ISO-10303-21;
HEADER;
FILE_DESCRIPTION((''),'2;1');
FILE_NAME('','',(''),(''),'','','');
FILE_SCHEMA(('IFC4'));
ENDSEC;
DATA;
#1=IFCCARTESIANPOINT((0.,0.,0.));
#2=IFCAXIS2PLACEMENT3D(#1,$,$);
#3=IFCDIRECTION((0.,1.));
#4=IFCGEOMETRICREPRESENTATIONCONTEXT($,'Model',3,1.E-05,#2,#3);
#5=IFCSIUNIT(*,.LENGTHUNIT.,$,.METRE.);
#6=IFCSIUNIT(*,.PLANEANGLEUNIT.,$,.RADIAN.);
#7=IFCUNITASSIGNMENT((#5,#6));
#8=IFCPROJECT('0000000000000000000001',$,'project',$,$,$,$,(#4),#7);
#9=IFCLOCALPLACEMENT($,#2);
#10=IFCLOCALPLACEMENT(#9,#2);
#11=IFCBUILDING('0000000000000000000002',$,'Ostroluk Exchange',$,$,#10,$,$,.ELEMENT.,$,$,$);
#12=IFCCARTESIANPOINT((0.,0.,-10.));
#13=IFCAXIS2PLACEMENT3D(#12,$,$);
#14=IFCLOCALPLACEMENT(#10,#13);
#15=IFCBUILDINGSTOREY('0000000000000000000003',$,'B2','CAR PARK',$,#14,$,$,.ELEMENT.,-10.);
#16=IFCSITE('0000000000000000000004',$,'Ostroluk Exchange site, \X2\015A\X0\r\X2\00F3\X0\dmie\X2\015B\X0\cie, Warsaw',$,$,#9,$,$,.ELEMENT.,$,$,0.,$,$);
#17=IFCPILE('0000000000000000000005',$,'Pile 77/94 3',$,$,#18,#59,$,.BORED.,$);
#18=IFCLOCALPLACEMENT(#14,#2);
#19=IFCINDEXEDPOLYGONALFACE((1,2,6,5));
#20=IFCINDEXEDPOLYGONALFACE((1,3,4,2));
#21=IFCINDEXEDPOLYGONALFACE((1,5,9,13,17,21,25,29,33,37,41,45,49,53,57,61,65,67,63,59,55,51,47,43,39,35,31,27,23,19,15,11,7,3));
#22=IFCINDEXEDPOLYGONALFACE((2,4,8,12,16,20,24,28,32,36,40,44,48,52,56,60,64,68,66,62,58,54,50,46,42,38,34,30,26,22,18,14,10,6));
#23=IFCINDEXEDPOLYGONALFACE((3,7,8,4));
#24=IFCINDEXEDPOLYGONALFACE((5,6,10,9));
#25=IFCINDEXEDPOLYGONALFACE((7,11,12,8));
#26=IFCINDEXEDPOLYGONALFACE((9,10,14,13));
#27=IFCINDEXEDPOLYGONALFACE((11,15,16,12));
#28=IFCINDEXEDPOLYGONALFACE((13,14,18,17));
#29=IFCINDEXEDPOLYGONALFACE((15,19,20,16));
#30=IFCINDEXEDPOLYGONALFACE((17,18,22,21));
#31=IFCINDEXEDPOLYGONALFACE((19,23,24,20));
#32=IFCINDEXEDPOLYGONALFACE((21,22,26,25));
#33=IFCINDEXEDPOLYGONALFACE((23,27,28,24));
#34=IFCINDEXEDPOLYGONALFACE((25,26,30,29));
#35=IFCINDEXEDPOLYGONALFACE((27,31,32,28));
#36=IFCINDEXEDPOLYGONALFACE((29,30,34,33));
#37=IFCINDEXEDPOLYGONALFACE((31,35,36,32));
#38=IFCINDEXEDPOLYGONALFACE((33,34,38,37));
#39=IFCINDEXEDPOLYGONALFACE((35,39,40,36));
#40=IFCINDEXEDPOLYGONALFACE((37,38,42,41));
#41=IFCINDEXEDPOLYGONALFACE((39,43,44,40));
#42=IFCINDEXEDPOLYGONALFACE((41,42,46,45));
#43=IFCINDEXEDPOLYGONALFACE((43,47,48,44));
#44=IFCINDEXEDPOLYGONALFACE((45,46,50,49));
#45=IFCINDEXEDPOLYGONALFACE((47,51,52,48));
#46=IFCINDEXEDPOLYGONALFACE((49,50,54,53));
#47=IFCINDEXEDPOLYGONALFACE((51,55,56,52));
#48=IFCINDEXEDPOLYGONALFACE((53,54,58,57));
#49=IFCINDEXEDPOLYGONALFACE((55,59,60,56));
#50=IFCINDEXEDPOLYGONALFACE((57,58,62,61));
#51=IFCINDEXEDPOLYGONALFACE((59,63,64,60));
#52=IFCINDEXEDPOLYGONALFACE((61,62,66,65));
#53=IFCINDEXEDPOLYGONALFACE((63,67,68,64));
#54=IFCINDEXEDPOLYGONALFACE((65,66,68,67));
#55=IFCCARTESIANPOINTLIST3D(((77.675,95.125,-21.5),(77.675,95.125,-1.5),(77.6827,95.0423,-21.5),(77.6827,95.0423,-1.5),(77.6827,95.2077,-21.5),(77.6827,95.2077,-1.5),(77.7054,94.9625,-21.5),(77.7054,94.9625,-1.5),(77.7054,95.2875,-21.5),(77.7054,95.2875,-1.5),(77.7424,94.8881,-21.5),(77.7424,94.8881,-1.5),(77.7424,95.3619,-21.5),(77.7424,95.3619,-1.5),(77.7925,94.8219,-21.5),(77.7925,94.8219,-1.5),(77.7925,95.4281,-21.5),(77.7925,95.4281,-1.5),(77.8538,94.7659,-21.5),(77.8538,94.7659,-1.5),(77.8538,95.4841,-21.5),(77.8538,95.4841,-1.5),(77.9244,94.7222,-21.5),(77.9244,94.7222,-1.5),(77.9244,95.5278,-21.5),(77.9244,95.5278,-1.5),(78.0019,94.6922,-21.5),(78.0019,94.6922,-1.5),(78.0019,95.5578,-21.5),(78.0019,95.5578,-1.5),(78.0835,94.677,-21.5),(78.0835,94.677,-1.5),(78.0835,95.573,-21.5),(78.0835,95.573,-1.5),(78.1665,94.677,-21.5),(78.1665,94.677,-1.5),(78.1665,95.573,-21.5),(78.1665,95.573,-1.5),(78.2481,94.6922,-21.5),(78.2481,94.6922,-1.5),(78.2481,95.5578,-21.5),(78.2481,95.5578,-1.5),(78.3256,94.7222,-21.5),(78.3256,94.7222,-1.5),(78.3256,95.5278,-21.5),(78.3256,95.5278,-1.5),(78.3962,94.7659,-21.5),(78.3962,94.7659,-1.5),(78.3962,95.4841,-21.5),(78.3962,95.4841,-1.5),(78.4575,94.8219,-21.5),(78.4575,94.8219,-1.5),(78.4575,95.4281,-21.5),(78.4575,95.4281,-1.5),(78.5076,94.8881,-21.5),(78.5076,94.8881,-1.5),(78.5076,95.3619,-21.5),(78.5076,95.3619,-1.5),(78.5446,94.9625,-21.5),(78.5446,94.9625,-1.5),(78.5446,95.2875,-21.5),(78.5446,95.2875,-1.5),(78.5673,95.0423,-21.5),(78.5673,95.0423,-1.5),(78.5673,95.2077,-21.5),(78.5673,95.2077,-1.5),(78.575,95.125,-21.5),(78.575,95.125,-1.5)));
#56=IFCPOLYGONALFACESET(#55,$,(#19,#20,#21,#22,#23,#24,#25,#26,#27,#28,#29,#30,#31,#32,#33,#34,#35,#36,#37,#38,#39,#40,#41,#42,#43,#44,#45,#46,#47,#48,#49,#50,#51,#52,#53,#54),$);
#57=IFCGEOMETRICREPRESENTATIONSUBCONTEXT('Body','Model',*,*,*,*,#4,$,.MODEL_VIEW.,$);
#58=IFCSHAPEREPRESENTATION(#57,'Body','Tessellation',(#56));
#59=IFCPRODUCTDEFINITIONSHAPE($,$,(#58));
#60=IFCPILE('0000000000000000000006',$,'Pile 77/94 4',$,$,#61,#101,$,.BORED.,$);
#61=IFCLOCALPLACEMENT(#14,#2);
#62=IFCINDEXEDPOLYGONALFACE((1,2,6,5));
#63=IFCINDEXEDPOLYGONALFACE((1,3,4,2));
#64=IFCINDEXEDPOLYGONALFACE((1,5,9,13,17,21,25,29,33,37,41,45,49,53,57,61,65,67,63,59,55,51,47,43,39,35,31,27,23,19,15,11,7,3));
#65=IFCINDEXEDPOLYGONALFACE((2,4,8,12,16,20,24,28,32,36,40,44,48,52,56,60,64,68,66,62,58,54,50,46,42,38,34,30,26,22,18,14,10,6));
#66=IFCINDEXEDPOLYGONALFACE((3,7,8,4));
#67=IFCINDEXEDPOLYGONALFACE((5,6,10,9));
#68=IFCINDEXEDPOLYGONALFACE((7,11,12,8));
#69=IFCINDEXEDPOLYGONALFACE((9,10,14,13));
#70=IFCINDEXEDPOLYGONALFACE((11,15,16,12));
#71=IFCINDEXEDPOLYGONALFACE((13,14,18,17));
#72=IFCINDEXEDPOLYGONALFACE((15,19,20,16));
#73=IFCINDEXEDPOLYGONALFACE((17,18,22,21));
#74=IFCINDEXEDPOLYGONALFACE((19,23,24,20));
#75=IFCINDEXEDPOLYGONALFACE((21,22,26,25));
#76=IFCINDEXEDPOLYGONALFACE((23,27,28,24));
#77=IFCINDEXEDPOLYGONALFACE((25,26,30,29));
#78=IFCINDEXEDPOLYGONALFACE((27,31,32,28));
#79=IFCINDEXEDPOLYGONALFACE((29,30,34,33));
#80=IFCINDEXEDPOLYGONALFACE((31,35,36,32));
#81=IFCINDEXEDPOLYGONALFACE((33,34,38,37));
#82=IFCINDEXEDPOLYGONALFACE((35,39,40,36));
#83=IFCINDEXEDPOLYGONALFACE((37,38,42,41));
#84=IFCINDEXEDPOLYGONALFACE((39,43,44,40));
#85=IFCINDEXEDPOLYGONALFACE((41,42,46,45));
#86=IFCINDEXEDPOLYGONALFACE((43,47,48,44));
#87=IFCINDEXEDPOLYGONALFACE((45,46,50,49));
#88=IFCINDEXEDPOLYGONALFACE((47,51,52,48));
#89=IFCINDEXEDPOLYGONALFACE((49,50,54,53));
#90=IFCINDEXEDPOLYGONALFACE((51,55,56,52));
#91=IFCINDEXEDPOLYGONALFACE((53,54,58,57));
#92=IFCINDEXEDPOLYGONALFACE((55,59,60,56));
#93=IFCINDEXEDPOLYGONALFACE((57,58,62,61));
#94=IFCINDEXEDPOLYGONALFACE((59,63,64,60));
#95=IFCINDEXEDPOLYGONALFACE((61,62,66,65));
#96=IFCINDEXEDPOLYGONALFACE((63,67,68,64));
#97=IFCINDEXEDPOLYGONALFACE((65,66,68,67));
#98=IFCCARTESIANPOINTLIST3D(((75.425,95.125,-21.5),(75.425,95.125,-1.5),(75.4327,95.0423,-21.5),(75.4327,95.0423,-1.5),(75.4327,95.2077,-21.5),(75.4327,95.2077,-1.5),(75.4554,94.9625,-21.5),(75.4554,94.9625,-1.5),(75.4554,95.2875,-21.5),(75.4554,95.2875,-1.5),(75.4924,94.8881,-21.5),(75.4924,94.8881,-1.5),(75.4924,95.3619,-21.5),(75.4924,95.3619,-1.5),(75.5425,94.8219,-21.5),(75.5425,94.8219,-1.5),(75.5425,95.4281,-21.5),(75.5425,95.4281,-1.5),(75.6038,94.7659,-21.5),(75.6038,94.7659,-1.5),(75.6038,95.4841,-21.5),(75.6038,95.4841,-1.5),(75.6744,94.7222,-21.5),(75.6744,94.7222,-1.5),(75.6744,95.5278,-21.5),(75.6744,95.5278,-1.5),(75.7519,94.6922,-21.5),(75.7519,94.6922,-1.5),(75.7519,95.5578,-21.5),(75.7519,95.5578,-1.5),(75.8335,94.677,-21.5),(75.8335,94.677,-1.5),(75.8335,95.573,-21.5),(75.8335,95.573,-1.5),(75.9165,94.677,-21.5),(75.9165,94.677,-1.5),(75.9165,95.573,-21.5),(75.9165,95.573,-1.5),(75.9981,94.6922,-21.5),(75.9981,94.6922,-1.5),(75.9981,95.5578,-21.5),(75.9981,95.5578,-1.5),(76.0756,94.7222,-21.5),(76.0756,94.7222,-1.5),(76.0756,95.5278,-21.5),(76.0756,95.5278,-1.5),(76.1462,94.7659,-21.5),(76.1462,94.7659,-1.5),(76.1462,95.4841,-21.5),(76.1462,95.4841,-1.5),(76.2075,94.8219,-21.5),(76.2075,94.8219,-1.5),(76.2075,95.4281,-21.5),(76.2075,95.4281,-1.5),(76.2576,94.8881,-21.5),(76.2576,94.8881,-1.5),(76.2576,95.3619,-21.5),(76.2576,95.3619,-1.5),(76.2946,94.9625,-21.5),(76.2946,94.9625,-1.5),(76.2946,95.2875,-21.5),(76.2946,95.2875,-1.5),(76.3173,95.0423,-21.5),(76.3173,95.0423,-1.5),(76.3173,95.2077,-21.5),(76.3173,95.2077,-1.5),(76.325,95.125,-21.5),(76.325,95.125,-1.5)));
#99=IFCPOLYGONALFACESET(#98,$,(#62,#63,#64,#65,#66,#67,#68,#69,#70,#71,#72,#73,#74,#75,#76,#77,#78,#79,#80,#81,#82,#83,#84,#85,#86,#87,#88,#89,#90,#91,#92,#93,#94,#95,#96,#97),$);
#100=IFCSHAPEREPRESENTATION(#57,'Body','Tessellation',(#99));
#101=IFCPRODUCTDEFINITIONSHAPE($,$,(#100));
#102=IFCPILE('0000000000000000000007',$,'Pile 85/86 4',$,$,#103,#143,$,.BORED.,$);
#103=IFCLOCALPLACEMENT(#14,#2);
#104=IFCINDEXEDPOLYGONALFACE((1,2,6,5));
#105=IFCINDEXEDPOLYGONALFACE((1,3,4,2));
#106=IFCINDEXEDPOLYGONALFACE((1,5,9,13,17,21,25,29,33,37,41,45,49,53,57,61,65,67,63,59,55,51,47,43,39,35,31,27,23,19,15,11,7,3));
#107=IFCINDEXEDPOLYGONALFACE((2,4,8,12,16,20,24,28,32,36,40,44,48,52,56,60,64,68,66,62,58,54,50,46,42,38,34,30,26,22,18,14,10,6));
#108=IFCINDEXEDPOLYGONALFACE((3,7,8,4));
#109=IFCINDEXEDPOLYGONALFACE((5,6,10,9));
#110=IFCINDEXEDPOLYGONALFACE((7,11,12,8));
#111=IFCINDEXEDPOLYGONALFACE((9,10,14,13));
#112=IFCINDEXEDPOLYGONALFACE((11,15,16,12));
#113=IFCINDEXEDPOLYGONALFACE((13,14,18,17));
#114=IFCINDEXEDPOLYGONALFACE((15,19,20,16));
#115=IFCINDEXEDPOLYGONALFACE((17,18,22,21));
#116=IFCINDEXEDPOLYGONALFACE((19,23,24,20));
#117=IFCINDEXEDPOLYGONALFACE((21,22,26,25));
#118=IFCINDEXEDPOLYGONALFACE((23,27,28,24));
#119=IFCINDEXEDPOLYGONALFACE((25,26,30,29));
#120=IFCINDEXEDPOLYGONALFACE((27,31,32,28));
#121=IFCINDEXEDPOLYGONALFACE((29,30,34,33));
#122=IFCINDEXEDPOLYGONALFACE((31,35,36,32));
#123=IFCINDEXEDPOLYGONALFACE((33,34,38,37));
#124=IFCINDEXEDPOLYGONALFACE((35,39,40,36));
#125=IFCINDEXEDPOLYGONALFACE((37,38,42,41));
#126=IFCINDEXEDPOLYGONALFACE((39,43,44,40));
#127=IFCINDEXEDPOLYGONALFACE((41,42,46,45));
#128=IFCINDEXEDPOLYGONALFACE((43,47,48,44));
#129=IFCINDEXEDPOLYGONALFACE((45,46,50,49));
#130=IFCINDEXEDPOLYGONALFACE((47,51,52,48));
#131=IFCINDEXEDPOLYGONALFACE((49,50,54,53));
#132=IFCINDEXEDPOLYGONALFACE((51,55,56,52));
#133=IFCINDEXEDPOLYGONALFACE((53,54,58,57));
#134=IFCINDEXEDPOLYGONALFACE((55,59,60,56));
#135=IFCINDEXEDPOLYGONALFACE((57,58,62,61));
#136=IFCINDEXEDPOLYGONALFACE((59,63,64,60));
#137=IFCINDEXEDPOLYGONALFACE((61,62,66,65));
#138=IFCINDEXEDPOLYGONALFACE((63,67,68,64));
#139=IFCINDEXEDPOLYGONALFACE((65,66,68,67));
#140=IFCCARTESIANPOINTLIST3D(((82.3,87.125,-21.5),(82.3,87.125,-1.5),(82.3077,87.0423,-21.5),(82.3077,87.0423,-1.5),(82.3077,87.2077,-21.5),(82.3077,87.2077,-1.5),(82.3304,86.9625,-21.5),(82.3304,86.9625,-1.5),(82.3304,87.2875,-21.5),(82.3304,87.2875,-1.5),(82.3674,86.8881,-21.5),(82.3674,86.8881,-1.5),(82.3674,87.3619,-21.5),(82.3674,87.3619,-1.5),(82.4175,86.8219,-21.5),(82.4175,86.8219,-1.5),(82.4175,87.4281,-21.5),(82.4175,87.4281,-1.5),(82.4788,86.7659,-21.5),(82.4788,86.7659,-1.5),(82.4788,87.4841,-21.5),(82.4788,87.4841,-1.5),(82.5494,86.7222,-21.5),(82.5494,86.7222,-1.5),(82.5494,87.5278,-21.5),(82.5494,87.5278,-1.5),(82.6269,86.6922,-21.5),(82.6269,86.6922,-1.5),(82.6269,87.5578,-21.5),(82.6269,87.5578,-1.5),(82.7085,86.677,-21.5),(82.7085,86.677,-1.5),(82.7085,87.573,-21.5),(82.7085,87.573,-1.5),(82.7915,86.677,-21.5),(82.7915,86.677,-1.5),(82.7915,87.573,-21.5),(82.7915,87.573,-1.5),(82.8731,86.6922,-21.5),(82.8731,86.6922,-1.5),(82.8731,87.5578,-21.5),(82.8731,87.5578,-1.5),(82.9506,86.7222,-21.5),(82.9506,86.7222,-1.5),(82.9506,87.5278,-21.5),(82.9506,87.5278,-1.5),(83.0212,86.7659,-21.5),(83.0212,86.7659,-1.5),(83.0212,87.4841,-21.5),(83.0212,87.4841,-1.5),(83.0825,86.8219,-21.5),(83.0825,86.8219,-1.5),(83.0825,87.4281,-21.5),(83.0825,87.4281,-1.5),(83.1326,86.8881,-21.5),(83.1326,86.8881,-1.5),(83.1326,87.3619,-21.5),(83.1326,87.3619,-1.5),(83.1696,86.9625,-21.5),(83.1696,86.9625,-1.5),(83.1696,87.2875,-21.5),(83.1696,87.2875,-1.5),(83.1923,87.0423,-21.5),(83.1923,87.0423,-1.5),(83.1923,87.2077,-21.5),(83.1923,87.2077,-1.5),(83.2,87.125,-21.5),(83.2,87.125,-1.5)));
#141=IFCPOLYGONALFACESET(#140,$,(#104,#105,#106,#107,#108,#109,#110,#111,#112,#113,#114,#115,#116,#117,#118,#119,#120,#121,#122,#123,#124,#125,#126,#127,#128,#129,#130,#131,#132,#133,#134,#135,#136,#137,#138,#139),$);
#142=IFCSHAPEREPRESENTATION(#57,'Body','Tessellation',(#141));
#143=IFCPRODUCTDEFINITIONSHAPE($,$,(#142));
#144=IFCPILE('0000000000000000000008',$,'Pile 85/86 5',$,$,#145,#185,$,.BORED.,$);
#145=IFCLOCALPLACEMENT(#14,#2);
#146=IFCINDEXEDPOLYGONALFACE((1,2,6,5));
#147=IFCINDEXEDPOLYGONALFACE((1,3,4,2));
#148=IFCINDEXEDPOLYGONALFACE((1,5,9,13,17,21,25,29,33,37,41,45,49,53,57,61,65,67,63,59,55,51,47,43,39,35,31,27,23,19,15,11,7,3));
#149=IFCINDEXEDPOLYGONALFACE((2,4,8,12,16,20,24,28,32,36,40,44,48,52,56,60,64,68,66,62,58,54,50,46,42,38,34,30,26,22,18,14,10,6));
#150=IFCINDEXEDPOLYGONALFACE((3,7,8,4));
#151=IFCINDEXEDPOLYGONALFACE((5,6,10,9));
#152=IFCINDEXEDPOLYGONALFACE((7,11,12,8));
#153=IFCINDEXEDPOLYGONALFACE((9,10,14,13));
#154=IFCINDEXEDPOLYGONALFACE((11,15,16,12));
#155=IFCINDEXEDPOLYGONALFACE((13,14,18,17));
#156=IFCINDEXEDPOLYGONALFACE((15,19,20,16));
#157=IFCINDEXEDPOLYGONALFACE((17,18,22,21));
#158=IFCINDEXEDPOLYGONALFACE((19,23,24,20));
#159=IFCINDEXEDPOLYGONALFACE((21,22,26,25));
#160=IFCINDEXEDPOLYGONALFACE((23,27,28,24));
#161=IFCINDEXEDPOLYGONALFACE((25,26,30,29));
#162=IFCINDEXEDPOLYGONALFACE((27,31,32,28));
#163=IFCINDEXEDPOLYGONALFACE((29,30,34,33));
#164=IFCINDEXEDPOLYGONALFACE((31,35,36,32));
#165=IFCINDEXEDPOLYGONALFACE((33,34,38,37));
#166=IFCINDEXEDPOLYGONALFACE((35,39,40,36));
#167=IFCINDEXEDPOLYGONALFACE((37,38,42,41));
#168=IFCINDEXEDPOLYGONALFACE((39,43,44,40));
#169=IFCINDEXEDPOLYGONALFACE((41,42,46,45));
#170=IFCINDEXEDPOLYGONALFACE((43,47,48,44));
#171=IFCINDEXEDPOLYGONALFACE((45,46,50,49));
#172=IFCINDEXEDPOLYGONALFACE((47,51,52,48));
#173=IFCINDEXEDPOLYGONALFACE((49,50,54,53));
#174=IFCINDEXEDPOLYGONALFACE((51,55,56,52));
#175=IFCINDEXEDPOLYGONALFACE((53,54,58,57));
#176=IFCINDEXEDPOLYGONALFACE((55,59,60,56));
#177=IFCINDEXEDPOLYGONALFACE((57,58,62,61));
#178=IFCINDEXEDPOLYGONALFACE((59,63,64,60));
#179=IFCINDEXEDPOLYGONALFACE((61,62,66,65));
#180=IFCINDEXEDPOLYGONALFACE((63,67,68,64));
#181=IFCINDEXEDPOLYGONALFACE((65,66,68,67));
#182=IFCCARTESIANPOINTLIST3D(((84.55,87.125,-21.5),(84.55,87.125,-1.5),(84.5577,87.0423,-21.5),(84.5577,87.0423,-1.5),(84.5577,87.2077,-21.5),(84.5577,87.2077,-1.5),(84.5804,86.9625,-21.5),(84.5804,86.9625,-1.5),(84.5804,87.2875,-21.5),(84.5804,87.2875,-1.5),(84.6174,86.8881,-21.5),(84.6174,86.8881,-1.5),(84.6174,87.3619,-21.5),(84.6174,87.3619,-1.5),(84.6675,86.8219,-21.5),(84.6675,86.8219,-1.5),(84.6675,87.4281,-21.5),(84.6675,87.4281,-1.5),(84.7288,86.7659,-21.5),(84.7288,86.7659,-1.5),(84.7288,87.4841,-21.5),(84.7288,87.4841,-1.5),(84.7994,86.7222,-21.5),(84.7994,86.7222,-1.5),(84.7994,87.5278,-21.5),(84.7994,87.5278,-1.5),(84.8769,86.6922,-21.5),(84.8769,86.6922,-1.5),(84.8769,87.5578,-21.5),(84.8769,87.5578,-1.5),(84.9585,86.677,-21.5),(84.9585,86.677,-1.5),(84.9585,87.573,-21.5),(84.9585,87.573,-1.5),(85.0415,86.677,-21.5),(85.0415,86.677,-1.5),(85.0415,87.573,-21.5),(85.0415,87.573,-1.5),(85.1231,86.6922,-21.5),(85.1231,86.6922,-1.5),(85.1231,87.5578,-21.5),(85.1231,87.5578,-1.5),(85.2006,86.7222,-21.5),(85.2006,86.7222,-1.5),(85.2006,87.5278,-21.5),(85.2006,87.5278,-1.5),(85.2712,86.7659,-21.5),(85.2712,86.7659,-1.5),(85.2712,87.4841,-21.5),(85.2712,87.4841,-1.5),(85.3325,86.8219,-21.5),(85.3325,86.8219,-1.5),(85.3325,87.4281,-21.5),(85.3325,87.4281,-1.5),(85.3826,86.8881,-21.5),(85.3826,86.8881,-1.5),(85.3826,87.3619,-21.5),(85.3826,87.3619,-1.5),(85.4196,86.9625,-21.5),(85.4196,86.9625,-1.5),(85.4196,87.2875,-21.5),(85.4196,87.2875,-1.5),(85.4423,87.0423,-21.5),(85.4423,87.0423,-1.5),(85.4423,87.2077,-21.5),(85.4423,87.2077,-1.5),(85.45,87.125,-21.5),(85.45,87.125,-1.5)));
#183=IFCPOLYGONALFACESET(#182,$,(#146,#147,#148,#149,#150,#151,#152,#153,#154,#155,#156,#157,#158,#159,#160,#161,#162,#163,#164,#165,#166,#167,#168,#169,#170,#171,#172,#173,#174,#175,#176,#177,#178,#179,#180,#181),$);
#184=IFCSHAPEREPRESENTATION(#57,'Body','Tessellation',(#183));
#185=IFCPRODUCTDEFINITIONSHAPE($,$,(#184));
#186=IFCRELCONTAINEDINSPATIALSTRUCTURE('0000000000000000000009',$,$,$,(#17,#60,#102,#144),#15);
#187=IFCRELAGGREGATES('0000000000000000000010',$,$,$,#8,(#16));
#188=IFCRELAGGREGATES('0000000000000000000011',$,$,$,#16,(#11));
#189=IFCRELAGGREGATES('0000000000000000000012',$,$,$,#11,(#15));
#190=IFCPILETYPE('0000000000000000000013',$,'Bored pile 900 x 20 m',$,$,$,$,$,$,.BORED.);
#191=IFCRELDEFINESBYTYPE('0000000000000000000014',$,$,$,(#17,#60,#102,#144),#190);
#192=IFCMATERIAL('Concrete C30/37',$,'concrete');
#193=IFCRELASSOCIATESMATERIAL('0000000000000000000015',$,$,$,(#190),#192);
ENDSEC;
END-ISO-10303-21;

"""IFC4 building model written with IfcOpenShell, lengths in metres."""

from ifc_helpers import new_model, si_unit, direction, frame, origin, origin_2d, place, context, subcontext, project, spatial, circle, extrude, material, type_object, element, save


model = new_model("IFC4")

# Units and contexts
model_context = context("Model", 3, precision=1e-05, world=origin(), true_north=direction((0.0, 1.0)))
body_context = subcontext(model_context, "Body", "Model", "MODEL_VIEW")
ifc_project = project(units=[si_unit("LENGTHUNIT", "METRE"), si_unit("PLANEANGLEUNIT", "RADIAN")], contexts=[model_context])

# Site, building, storey
site_placement = place(None, origin())
site = spatial("IfcSite", under=ifc_project, at=site_placement, Name="Ostroluk Exchange site, Śródmieście, Warsaw", CompositionType="ELEMENT", RefElevation=0.0)
building_placement = place(site_placement, origin())
building = spatial("IfcBuilding", under=site, at=building_placement, Name="Ostroluk Exchange", CompositionType="ELEMENT")
storey_placement = place(building_placement, frame((0.0, 0.0, -10.0)))
storey = spatial("IfcBuildingStorey", under=building, at=storey_placement, Name="B2", Description="CAR PARK", CompositionType="ELEMENT", Elevation=-10.0)

# Piles
ifc_material_1 = material(Name="Concrete C30/37", Category="concrete")
pile_type = type_object("IfcPileType", Name="Bored pile 900 x 20 m", PredefinedType="BORED", material=ifc_material_1)
for number, where, z_axis, x_axis, name in (
    (1, (78.125, 95.125, -1.5), (0.0, 0.0, -1.0), (1.0, 0.0, 0.0), "Pile 77/94 3"),
    (2, (75.875, 95.125, -1.5), (0.0, 0.0, -1.0), (1.0, 0.0, 0.0), "Pile 77/94 4"),
    (3, (82.75, 87.125, -1.5), (0.0, 0.0, -1.0), (1.0, 0.0, 0.0), "Pile 85/86 4"),
    (4, (85.0, 87.125, -1.5), (0.0, 0.0, -1.0), (1.0, 0.0, 0.0), "Pile 85/86 5"),
):
    element("IfcPile", number, at=place(storey_placement, frame(where, z_axis=z_axis, x_axis=x_axis)), inside=storey, type_object=pile_type, Name=name, PredefinedType="BORED", context=body_context, shape_type="SweptSolid", body=[
        extrude(circle(Radius=0.45, at=origin_2d()), origin(), (0.0, 0.0, 1.0), 20.0),
    ])

save(model, "model.ifc")
